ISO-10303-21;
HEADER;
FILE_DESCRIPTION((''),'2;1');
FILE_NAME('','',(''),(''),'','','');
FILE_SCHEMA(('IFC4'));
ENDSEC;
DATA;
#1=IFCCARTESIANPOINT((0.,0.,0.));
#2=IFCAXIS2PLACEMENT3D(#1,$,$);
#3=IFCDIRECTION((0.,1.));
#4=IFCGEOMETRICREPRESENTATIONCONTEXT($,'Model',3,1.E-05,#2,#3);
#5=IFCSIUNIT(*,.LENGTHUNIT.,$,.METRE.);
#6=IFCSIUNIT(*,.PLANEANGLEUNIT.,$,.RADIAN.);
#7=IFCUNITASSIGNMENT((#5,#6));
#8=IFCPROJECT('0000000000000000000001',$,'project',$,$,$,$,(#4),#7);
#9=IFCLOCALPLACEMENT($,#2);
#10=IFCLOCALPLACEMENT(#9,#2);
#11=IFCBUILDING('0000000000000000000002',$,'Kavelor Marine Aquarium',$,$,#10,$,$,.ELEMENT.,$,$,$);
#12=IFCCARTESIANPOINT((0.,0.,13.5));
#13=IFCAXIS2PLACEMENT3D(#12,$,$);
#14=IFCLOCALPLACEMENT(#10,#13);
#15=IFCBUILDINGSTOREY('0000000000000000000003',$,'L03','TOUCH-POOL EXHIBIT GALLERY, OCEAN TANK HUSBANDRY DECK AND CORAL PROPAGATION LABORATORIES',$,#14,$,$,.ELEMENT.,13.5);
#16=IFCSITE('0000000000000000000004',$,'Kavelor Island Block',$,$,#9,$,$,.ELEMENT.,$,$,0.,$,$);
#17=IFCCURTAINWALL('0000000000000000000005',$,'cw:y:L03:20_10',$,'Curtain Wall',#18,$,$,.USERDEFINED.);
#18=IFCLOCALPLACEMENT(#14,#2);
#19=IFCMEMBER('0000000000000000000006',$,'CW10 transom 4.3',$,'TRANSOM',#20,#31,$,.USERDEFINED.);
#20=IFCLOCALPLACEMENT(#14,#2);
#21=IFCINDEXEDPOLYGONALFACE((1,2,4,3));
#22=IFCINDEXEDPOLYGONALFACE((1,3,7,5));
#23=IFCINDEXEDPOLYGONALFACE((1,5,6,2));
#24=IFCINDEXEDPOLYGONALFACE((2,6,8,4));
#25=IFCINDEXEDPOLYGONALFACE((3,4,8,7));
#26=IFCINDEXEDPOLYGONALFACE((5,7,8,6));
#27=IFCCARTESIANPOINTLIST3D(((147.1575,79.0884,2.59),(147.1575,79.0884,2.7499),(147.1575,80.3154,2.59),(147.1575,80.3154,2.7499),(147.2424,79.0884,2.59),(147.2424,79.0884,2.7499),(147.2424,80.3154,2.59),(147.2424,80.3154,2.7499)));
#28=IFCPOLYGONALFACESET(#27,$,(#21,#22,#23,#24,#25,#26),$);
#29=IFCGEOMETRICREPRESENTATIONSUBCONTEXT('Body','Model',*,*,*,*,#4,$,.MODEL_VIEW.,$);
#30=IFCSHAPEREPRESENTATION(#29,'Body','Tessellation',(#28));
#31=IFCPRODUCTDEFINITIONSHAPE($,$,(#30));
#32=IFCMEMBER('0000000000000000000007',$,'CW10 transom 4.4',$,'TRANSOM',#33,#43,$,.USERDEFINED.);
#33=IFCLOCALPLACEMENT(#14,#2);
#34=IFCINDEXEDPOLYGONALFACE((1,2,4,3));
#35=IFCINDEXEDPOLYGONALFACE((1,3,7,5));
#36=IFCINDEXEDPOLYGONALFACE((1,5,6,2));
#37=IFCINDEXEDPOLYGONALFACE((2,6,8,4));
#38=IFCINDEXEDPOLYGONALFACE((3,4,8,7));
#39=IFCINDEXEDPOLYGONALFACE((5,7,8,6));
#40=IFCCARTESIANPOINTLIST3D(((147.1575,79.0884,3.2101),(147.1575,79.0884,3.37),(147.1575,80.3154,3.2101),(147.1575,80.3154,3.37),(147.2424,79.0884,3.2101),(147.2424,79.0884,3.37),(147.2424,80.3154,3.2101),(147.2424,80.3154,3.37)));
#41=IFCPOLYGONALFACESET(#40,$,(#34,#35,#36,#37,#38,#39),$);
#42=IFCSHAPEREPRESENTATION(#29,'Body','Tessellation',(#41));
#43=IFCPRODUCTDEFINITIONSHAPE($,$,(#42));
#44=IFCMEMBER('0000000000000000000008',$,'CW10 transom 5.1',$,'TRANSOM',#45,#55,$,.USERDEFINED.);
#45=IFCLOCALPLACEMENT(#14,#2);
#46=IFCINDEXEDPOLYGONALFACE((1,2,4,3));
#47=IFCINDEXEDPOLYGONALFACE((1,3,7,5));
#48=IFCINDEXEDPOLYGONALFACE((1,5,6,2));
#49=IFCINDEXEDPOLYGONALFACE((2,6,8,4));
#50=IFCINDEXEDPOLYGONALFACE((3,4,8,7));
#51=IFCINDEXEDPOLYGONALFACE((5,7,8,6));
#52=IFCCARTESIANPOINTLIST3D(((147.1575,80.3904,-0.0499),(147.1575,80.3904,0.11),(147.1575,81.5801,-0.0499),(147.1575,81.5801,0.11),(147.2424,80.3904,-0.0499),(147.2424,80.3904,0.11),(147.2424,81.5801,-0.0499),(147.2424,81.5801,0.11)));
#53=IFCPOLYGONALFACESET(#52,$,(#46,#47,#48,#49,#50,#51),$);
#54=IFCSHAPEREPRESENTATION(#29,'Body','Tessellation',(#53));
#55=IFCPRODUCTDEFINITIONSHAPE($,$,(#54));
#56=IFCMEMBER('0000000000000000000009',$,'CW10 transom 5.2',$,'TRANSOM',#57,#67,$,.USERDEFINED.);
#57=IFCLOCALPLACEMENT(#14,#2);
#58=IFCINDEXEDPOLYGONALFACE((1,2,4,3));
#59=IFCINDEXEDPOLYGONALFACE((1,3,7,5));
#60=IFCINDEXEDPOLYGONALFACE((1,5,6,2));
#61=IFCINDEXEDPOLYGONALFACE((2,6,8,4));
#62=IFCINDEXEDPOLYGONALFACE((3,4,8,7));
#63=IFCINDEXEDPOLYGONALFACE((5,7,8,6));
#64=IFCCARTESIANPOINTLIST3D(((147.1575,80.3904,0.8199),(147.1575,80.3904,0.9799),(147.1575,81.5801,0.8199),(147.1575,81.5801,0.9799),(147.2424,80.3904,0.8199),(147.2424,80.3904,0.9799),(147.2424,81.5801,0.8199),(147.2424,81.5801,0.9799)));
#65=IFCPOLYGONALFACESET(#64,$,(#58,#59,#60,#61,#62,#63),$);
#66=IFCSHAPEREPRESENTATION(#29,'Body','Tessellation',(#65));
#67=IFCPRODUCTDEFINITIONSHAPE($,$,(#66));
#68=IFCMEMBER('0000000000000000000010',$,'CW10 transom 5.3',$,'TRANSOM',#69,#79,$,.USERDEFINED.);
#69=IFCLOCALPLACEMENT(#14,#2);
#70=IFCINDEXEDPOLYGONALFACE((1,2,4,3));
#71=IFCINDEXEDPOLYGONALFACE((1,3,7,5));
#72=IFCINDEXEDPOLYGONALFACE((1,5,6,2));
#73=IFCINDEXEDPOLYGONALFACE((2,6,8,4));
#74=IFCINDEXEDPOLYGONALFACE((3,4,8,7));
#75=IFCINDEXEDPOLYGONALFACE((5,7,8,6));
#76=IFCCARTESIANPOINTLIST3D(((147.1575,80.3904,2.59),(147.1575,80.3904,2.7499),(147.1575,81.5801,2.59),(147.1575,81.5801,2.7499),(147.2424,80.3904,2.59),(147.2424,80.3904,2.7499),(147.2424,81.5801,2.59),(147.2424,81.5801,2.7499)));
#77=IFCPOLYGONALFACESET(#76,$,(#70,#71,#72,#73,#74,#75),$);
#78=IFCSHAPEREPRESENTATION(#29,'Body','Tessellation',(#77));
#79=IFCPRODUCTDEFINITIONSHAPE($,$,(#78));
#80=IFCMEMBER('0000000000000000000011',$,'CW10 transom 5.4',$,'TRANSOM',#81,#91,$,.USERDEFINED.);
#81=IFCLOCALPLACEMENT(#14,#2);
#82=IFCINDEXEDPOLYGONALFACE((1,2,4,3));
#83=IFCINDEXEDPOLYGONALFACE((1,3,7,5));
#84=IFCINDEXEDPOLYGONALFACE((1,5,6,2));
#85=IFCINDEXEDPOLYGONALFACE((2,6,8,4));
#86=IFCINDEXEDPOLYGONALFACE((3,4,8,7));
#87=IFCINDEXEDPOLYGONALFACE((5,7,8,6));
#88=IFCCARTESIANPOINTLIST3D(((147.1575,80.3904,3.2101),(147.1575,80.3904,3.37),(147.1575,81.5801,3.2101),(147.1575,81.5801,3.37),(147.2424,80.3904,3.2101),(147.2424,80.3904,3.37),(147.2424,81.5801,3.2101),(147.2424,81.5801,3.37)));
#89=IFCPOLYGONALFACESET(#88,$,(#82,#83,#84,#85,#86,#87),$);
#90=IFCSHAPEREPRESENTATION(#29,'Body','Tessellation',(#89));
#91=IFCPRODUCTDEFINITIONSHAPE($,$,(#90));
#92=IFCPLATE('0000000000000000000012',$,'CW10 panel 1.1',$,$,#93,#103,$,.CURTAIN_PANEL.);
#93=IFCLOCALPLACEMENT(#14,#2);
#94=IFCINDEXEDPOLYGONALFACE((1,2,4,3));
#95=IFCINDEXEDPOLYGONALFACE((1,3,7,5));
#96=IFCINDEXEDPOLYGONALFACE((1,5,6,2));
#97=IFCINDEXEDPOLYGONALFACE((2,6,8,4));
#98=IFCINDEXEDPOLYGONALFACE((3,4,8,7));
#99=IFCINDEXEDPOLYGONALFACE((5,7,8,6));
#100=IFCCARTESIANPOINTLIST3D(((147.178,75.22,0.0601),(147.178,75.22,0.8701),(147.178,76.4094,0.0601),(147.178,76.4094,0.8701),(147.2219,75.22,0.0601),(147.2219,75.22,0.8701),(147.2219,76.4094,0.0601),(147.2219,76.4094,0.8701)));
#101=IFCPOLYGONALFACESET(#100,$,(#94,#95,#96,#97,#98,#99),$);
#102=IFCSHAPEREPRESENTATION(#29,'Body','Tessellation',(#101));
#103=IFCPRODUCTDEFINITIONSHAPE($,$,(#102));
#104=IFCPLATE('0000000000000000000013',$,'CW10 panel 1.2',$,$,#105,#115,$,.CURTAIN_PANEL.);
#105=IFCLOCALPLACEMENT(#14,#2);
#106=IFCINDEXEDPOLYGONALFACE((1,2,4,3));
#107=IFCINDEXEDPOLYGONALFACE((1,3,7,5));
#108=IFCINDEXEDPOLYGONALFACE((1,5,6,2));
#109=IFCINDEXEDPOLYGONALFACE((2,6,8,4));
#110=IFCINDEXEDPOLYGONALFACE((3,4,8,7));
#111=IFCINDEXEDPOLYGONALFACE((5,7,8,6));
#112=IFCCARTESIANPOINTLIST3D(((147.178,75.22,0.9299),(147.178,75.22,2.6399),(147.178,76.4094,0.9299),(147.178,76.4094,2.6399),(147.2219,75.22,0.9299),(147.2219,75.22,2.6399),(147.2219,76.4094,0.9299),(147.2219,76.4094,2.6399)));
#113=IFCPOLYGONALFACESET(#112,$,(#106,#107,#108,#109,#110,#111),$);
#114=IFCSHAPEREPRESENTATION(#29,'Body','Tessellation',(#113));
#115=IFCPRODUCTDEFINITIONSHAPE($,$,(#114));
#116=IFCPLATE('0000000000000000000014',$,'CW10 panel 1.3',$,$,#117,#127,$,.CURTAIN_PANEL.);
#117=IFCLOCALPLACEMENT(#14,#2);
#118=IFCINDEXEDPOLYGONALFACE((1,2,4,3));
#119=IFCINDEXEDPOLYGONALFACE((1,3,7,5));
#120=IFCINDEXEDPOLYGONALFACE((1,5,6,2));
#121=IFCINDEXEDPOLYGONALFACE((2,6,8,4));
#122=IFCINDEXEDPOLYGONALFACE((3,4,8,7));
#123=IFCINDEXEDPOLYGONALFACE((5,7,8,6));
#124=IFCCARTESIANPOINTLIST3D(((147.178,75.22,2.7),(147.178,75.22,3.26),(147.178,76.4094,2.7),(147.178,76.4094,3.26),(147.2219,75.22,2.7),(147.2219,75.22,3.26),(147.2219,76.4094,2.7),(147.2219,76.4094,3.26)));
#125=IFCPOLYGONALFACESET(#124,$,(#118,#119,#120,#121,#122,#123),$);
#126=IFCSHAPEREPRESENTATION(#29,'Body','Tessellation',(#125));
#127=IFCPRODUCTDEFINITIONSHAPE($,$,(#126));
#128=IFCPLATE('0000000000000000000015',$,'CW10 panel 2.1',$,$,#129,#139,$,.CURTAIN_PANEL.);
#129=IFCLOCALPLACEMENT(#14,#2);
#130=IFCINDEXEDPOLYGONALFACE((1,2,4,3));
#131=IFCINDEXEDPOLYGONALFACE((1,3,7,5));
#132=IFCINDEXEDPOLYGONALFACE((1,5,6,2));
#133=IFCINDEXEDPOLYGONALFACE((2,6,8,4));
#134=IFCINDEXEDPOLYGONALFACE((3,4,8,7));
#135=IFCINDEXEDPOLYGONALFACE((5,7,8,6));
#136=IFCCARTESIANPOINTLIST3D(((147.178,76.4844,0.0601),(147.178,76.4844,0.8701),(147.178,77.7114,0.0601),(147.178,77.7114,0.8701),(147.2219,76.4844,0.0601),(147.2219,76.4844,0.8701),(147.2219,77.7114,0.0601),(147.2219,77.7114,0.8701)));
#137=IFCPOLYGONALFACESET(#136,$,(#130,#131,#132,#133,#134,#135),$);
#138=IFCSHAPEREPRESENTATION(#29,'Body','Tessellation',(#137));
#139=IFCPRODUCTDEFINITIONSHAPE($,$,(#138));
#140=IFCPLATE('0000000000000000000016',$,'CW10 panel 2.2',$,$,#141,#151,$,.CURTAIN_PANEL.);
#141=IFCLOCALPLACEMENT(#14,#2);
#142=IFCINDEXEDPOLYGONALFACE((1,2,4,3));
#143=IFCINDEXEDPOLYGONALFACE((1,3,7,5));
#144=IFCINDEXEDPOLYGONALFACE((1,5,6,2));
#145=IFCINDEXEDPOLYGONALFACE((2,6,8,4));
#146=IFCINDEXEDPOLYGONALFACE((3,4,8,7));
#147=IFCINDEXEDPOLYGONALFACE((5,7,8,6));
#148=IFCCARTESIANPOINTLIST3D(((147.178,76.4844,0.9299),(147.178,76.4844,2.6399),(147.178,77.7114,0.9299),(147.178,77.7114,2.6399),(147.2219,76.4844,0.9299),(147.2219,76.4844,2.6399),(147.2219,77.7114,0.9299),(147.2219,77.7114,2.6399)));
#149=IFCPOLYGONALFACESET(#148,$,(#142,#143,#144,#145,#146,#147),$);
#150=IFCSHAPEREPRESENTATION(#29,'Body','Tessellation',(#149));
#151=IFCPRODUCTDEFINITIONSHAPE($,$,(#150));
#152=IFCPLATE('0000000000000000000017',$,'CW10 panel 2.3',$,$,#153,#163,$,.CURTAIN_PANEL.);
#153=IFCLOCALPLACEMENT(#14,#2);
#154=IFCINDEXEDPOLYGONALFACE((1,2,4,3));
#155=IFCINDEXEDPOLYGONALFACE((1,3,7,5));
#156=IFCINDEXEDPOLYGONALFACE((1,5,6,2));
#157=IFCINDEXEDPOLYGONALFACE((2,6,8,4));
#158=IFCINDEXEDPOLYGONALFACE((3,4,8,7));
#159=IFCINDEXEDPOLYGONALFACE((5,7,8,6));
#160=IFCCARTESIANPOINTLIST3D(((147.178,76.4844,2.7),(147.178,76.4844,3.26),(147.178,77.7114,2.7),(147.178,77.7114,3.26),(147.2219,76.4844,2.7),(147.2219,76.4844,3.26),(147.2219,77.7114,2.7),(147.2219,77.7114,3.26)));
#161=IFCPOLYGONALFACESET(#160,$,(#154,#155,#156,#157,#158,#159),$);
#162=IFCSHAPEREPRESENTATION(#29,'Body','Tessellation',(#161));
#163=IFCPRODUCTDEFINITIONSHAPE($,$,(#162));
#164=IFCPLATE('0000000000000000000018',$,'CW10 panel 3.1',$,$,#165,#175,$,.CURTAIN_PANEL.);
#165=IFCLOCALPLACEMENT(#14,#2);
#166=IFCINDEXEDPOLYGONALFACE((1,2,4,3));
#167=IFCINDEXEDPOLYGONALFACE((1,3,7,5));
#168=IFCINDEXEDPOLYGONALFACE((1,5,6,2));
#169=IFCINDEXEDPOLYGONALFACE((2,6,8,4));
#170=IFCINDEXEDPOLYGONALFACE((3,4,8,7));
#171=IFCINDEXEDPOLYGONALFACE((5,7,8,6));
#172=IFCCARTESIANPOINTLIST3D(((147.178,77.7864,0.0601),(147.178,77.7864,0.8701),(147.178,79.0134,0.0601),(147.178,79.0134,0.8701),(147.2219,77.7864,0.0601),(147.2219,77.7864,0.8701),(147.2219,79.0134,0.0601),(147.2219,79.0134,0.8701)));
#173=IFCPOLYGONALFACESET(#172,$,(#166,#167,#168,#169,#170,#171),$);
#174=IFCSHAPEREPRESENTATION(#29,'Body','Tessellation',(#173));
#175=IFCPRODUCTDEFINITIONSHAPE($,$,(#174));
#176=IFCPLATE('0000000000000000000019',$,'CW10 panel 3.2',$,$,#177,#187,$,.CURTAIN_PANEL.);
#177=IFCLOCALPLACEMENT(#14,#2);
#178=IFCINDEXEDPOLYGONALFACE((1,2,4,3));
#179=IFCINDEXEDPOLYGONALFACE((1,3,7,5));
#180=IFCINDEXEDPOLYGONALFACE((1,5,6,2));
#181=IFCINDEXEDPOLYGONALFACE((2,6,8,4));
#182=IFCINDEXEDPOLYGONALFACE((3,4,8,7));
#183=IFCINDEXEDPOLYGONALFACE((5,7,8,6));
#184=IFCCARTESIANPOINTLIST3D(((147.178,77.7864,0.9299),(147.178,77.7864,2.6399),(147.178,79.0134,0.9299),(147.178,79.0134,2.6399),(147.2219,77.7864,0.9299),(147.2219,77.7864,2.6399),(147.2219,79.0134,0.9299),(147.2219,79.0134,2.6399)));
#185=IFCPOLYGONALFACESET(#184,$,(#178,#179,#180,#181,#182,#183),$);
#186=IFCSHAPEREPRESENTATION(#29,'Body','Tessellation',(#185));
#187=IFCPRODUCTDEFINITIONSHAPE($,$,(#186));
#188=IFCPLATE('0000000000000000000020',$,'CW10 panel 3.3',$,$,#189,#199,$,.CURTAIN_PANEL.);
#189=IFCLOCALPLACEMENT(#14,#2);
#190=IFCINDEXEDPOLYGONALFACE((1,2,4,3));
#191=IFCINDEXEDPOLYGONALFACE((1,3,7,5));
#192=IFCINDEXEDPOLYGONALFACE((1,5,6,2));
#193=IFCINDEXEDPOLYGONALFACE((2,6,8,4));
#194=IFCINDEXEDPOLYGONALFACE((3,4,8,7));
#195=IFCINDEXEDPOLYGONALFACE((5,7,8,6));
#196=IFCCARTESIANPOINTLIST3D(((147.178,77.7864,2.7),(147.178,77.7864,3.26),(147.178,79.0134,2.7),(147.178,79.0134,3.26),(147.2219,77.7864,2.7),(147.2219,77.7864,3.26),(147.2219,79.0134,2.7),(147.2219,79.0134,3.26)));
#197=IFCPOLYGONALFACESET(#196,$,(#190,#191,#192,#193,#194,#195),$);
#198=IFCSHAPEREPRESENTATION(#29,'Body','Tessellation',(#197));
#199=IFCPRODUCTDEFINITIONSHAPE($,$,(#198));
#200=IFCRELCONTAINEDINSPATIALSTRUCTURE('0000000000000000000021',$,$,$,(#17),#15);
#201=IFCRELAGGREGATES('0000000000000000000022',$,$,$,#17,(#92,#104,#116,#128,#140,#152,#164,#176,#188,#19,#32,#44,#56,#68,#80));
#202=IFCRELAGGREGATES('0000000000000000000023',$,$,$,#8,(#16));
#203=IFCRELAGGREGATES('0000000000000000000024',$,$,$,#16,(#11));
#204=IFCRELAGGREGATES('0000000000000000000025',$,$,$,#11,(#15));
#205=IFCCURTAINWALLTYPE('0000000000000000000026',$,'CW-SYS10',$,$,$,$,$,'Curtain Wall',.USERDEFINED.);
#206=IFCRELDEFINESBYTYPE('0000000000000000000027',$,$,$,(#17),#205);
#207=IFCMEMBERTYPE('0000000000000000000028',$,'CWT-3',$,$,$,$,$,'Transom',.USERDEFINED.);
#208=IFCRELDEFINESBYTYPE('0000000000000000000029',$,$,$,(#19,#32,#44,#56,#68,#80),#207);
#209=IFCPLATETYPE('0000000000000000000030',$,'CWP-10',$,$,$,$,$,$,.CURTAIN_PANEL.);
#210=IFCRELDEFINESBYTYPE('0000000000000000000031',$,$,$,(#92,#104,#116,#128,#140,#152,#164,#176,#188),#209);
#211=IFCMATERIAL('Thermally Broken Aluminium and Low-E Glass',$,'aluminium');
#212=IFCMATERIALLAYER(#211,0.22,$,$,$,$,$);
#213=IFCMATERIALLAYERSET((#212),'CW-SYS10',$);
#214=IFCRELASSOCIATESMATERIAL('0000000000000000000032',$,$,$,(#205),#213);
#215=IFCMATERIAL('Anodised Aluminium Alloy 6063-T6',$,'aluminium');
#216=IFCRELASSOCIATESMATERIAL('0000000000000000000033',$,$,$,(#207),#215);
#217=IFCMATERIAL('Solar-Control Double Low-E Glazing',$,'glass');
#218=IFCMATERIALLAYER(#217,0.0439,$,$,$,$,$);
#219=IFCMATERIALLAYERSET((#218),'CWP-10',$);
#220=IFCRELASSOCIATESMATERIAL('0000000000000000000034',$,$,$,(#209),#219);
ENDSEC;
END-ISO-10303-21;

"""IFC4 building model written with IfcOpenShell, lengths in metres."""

from ifc_helpers import new_model, si_unit, direction, frame, origin, origin_2d, place, context, subcontext, project, spatial, rectangle, extrude, material, layer, layer_set, material_profile, profile_set, type_object, element, aggregate, save


model = new_model("IFC4")

# Units and contexts
model_context = context("Model", 3, precision=1e-05, world=origin(), true_north=direction((0.0, 1.0)))
body_context = subcontext(model_context, "Body", "Model", "MODEL_VIEW")
ifc_project = project(units=[si_unit("LENGTHUNIT", "METRE"), si_unit("PLANEANGLEUNIT", "RADIAN")], contexts=[model_context])

# Site, building, storey
site_placement = place(None, origin())
site = spatial("IfcSite", under=ifc_project, at=site_placement, Name="Kavelor Island Block", CompositionType="ELEMENT", RefElevation=0.0)
building_placement = place(site_placement, origin())
building = spatial("IfcBuilding", under=site, at=building_placement, Name="Kavelor Marine Aquarium", CompositionType="ELEMENT")
storey_placement = place(building_placement, frame((0.0, 0.0, 13.5)))
storey = spatial("IfcBuildingStorey", under=building, at=storey_placement, Name="L03", Description="TOUCH-POOL EXHIBIT GALLERY, OCEAN TANK HUSBANDRY DECK AND CORAL PROPAGATION LABORATORIES", CompositionType="ELEMENT", Elevation=13.5)

# Curtain wall, members, plates
ifc_material_1 = material(Name="Thermally Broken Aluminium and Low-E Glass", Category="aluminium")
ifc_layer_1 = layer(ifc_material_1, 0.22)
ifc_layer_set_1 = layer_set([ifc_layer_1], Name="CW-SYS10")
curtain_wall_type = type_object("IfcCurtainWallType", Name="CW-SYS10", ElementType="Curtain Wall", PredefinedType="USERDEFINED", material=ifc_layer_set_1)
curtain_wall_placement = place(storey_placement, origin())
curtain_wall = element("IfcCurtainWall", 1, at=curtain_wall_placement, inside=storey, type_object=curtain_wall_type, Name="cw:y:L03:20_10", ObjectType="Curtain Wall", PredefinedType="USERDEFINED")
ifc_material_2 = material(Name="Anodised Aluminium Alloy 6063-T6", Category="aluminium")
ifc_material_profile_1 = material_profile(ifc_material_2, rectangle(XDim=0.085, YDim=0.1599, at=origin_2d()), Name="CW-TRN 85x160")
ifc_profile_set_1 = profile_set([ifc_material_profile_1], Name="Anodised Aluminium Alloy 6063-T6")
member_type_1 = type_object("IfcMemberType", Name="CWT-3", ElementType="Transom", PredefinedType="USERDEFINED", material=ifc_profile_set_1)
member_1_placement = place(storey_placement, frame((147.2, 79.0884, 2.6699), z_axis=(0.0, 1.0, 0.0), x_axis=(-1.0, 0.0, 0.0)))
member_1 = element("IfcMember", 2, at=member_1_placement, type_object=member_type_1, Name="CW10 transom 4.3", ObjectType="TRANSOM", PredefinedType="USERDEFINED", context=body_context, shape_type="SweptSolid", body=[
    extrude(rectangle(XDim=0.085, YDim=0.1599, at=origin_2d()), origin(), (0.0, 0.0, 1.0), 1.2271),
])
member_2_placement = place(storey_placement, frame((147.2, 79.0884, 3.29), z_axis=(0.0, 1.0, 0.0), x_axis=(-1.0, 0.0, 0.0)))
member_2 = element("IfcMember", 3, at=member_2_placement, type_object=member_type_1, Name="CW10 transom 4.4", ObjectType="TRANSOM", PredefinedType="USERDEFINED", context=body_context, shape_type="SweptSolid", body=[
    extrude(rectangle(XDim=0.085, YDim=0.1599, at=origin_2d()), origin(), (0.0, 0.0, 1.0), 1.2271),
])
member_3_placement = place(storey_placement, frame((147.2, 80.3904, 0.03), z_axis=(0.0, 1.0, 0.0), x_axis=(-1.0, 0.0, 0.0)))
member_3 = element("IfcMember", 4, at=member_3_placement, type_object=member_type_1, Name="CW10 transom 5.1", ObjectType="TRANSOM", PredefinedType="USERDEFINED", context=body_context, shape_type="SweptSolid", body=[
    extrude(rectangle(XDim=0.085, YDim=0.1599, at=origin_2d()), origin(), (0.0, 0.0, 1.0), 1.1897),
])
member_4_placement = place(storey_placement, frame((147.2, 80.3904, 0.8999), z_axis=(0.0, 1.0, 0.0), x_axis=(-1.0, 0.0, 0.0)))
member_4 = element("IfcMember", 5, at=member_4_placement, type_object=member_type_1, Name="CW10 transom 5.2", ObjectType="TRANSOM", PredefinedType="USERDEFINED", context=body_context, shape_type="SweptSolid", body=[
    extrude(rectangle(XDim=0.085, YDim=0.1599, at=origin_2d()), origin(), (0.0, 0.0, 1.0), 1.1897),
])
member_5_placement = place(storey_placement, frame((147.2, 80.3904, 2.6699), z_axis=(0.0, 1.0, 0.0), x_axis=(-1.0, 0.0, 0.0)))
member_5 = element("IfcMember", 6, at=member_5_placement, type_object=member_type_1, Name="CW10 transom 5.3", ObjectType="TRANSOM", PredefinedType="USERDEFINED", context=body_context, shape_type="SweptSolid", body=[
    extrude(rectangle(XDim=0.085, YDim=0.1599, at=origin_2d()), origin(), (0.0, 0.0, 1.0), 1.1897),
])
member_6_placement = place(storey_placement, frame((147.2, 80.3904, 3.29), z_axis=(0.0, 1.0, 0.0), x_axis=(-1.0, 0.0, 0.0)))
member_6 = element("IfcMember", 7, at=member_6_placement, type_object=member_type_1, Name="CW10 transom 5.4", ObjectType="TRANSOM", PredefinedType="USERDEFINED", context=body_context, shape_type="SweptSolid", body=[
    extrude(rectangle(XDim=0.085, YDim=0.1599, at=origin_2d()), origin(), (0.0, 0.0, 1.0), 1.1897),
])
ifc_material_3 = material(Name="Solar-Control Double Low-E Glazing", Category="glass")
ifc_layer_2 = layer(ifc_material_3, 0.0439)
ifc_layer_set_2 = layer_set([ifc_layer_2], Name="CWP-10")
plate_type = type_object("IfcPlateType", Name="CWP-10", PredefinedType="CURTAIN_PANEL", material=ifc_layer_set_2)
plate_1_placement = place(storey_placement, frame((147.2, 75.8147, 0.0601), z_axis=(0.0, 0.0, 1.0), x_axis=(0.0, 1.0, 0.0)))
plate_1 = element("IfcPlate", 8, at=plate_1_placement, type_object=plate_type, Name="CW10 panel 1.1", PredefinedType="CURTAIN_PANEL", context=body_context, shape_type="SweptSolid", body=[
    extrude(rectangle(XDim=1.1895, YDim=0.0439, at=origin_2d()), origin(), (0.0, 0.0, 1.0), 0.8101),
])
plate_2_placement = place(storey_placement, frame((147.2, 75.8147, 0.9299), z_axis=(0.0, 0.0, 1.0), x_axis=(0.0, 1.0, 0.0)))
plate_2 = element("IfcPlate", 9, at=plate_2_placement, type_object=plate_type, Name="CW10 panel 1.2", PredefinedType="CURTAIN_PANEL", context=body_context, shape_type="SweptSolid", body=[
    extrude(rectangle(XDim=1.1895, YDim=0.0439, at=origin_2d()), origin(), (0.0, 0.0, 1.0), 1.71),
])
plate_3_placement = place(storey_placement, frame((147.2, 75.8147, 2.7), z_axis=(0.0, 0.0, 1.0), x_axis=(0.0, 1.0, 0.0)))
plate_3 = element("IfcPlate", 10, at=plate_3_placement, type_object=plate_type, Name="CW10 panel 1.3", PredefinedType="CURTAIN_PANEL", context=body_context, shape_type="SweptSolid", body=[
    extrude(rectangle(XDim=1.1895, YDim=0.0439, at=origin_2d()), origin(), (0.0, 0.0, 1.0), 0.5601),
])
plate_4_placement = place(storey_placement, frame((147.2, 77.0979, 0.0601), z_axis=(0.0, 0.0, 1.0), x_axis=(0.0, 1.0, 0.0)))
plate_4 = element("IfcPlate", 11, at=plate_4_placement, type_object=plate_type, Name="CW10 panel 2.1", PredefinedType="CURTAIN_PANEL", context=body_context, shape_type="SweptSolid", body=[
    extrude(rectangle(XDim=1.2271, YDim=0.0439, at=origin_2d()), origin(), (0.0, 0.0, 1.0), 0.8101),
])
plate_5_placement = place(storey_placement, frame((147.2, 77.0979, 0.9299), z_axis=(0.0, 0.0, 1.0), x_axis=(0.0, 1.0, 0.0)))
plate_5 = element("IfcPlate", 12, at=plate_5_placement, type_object=plate_type, Name="CW10 panel 2.2", PredefinedType="CURTAIN_PANEL", context=body_context, shape_type="SweptSolid", body=[
    extrude(rectangle(XDim=1.2271, YDim=0.0439, at=origin_2d()), origin(), (0.0, 0.0, 1.0), 1.71),
])
plate_6_placement = place(storey_placement, frame((147.2, 77.0979, 2.7), z_axis=(0.0, 0.0, 1.0), x_axis=(0.0, 1.0, 0.0)))
plate_6 = element("IfcPlate", 13, at=plate_6_placement, type_object=plate_type, Name="CW10 panel 2.3", PredefinedType="CURTAIN_PANEL", context=body_context, shape_type="SweptSolid", body=[
    extrude(rectangle(XDim=1.2271, YDim=0.0439, at=origin_2d()), origin(), (0.0, 0.0, 1.0), 0.5601),
])
plate_7_placement = place(storey_placement, frame((147.2, 78.3999, 0.0601), z_axis=(0.0, 0.0, 1.0), x_axis=(0.0, 1.0, 0.0)))
plate_7 = element("IfcPlate", 14, at=plate_7_placement, type_object=plate_type, Name="CW10 panel 3.1", PredefinedType="CURTAIN_PANEL", context=body_context, shape_type="SweptSolid", body=[
    extrude(rectangle(XDim=1.2271, YDim=0.0439, at=origin_2d()), origin(), (0.0, 0.0, 1.0), 0.8101),
])
plate_8_placement = place(storey_placement, frame((147.2, 78.3999, 0.9299), z_axis=(0.0, 0.0, 1.0), x_axis=(0.0, 1.0, 0.0)))
plate_8 = element("IfcPlate", 15, at=plate_8_placement, type_object=plate_type, Name="CW10 panel 3.2", PredefinedType="CURTAIN_PANEL", context=body_context, shape_type="SweptSolid", body=[
    extrude(rectangle(XDim=1.2271, YDim=0.0439, at=origin_2d()), origin(), (0.0, 0.0, 1.0), 1.71),
])
plate_9_placement = place(storey_placement, frame((147.2, 78.3999, 2.7), z_axis=(0.0, 0.0, 1.0), x_axis=(0.0, 1.0, 0.0)))
plate_9 = element("IfcPlate", 16, at=plate_9_placement, type_object=plate_type, Name="CW10 panel 3.3", PredefinedType="CURTAIN_PANEL", context=body_context, shape_type="SweptSolid", body=[
    extrude(rectangle(XDim=1.2271, YDim=0.0439, at=origin_2d()), origin(), (0.0, 0.0, 1.0), 0.5601),
])
aggregate(curtain_wall, [plate_1, plate_2, plate_3, plate_4, plate_5, plate_6, plate_7, plate_8, plate_9, member_1, member_2, member_3, member_4, member_5, member_6])

save(model, "model.ifc")
